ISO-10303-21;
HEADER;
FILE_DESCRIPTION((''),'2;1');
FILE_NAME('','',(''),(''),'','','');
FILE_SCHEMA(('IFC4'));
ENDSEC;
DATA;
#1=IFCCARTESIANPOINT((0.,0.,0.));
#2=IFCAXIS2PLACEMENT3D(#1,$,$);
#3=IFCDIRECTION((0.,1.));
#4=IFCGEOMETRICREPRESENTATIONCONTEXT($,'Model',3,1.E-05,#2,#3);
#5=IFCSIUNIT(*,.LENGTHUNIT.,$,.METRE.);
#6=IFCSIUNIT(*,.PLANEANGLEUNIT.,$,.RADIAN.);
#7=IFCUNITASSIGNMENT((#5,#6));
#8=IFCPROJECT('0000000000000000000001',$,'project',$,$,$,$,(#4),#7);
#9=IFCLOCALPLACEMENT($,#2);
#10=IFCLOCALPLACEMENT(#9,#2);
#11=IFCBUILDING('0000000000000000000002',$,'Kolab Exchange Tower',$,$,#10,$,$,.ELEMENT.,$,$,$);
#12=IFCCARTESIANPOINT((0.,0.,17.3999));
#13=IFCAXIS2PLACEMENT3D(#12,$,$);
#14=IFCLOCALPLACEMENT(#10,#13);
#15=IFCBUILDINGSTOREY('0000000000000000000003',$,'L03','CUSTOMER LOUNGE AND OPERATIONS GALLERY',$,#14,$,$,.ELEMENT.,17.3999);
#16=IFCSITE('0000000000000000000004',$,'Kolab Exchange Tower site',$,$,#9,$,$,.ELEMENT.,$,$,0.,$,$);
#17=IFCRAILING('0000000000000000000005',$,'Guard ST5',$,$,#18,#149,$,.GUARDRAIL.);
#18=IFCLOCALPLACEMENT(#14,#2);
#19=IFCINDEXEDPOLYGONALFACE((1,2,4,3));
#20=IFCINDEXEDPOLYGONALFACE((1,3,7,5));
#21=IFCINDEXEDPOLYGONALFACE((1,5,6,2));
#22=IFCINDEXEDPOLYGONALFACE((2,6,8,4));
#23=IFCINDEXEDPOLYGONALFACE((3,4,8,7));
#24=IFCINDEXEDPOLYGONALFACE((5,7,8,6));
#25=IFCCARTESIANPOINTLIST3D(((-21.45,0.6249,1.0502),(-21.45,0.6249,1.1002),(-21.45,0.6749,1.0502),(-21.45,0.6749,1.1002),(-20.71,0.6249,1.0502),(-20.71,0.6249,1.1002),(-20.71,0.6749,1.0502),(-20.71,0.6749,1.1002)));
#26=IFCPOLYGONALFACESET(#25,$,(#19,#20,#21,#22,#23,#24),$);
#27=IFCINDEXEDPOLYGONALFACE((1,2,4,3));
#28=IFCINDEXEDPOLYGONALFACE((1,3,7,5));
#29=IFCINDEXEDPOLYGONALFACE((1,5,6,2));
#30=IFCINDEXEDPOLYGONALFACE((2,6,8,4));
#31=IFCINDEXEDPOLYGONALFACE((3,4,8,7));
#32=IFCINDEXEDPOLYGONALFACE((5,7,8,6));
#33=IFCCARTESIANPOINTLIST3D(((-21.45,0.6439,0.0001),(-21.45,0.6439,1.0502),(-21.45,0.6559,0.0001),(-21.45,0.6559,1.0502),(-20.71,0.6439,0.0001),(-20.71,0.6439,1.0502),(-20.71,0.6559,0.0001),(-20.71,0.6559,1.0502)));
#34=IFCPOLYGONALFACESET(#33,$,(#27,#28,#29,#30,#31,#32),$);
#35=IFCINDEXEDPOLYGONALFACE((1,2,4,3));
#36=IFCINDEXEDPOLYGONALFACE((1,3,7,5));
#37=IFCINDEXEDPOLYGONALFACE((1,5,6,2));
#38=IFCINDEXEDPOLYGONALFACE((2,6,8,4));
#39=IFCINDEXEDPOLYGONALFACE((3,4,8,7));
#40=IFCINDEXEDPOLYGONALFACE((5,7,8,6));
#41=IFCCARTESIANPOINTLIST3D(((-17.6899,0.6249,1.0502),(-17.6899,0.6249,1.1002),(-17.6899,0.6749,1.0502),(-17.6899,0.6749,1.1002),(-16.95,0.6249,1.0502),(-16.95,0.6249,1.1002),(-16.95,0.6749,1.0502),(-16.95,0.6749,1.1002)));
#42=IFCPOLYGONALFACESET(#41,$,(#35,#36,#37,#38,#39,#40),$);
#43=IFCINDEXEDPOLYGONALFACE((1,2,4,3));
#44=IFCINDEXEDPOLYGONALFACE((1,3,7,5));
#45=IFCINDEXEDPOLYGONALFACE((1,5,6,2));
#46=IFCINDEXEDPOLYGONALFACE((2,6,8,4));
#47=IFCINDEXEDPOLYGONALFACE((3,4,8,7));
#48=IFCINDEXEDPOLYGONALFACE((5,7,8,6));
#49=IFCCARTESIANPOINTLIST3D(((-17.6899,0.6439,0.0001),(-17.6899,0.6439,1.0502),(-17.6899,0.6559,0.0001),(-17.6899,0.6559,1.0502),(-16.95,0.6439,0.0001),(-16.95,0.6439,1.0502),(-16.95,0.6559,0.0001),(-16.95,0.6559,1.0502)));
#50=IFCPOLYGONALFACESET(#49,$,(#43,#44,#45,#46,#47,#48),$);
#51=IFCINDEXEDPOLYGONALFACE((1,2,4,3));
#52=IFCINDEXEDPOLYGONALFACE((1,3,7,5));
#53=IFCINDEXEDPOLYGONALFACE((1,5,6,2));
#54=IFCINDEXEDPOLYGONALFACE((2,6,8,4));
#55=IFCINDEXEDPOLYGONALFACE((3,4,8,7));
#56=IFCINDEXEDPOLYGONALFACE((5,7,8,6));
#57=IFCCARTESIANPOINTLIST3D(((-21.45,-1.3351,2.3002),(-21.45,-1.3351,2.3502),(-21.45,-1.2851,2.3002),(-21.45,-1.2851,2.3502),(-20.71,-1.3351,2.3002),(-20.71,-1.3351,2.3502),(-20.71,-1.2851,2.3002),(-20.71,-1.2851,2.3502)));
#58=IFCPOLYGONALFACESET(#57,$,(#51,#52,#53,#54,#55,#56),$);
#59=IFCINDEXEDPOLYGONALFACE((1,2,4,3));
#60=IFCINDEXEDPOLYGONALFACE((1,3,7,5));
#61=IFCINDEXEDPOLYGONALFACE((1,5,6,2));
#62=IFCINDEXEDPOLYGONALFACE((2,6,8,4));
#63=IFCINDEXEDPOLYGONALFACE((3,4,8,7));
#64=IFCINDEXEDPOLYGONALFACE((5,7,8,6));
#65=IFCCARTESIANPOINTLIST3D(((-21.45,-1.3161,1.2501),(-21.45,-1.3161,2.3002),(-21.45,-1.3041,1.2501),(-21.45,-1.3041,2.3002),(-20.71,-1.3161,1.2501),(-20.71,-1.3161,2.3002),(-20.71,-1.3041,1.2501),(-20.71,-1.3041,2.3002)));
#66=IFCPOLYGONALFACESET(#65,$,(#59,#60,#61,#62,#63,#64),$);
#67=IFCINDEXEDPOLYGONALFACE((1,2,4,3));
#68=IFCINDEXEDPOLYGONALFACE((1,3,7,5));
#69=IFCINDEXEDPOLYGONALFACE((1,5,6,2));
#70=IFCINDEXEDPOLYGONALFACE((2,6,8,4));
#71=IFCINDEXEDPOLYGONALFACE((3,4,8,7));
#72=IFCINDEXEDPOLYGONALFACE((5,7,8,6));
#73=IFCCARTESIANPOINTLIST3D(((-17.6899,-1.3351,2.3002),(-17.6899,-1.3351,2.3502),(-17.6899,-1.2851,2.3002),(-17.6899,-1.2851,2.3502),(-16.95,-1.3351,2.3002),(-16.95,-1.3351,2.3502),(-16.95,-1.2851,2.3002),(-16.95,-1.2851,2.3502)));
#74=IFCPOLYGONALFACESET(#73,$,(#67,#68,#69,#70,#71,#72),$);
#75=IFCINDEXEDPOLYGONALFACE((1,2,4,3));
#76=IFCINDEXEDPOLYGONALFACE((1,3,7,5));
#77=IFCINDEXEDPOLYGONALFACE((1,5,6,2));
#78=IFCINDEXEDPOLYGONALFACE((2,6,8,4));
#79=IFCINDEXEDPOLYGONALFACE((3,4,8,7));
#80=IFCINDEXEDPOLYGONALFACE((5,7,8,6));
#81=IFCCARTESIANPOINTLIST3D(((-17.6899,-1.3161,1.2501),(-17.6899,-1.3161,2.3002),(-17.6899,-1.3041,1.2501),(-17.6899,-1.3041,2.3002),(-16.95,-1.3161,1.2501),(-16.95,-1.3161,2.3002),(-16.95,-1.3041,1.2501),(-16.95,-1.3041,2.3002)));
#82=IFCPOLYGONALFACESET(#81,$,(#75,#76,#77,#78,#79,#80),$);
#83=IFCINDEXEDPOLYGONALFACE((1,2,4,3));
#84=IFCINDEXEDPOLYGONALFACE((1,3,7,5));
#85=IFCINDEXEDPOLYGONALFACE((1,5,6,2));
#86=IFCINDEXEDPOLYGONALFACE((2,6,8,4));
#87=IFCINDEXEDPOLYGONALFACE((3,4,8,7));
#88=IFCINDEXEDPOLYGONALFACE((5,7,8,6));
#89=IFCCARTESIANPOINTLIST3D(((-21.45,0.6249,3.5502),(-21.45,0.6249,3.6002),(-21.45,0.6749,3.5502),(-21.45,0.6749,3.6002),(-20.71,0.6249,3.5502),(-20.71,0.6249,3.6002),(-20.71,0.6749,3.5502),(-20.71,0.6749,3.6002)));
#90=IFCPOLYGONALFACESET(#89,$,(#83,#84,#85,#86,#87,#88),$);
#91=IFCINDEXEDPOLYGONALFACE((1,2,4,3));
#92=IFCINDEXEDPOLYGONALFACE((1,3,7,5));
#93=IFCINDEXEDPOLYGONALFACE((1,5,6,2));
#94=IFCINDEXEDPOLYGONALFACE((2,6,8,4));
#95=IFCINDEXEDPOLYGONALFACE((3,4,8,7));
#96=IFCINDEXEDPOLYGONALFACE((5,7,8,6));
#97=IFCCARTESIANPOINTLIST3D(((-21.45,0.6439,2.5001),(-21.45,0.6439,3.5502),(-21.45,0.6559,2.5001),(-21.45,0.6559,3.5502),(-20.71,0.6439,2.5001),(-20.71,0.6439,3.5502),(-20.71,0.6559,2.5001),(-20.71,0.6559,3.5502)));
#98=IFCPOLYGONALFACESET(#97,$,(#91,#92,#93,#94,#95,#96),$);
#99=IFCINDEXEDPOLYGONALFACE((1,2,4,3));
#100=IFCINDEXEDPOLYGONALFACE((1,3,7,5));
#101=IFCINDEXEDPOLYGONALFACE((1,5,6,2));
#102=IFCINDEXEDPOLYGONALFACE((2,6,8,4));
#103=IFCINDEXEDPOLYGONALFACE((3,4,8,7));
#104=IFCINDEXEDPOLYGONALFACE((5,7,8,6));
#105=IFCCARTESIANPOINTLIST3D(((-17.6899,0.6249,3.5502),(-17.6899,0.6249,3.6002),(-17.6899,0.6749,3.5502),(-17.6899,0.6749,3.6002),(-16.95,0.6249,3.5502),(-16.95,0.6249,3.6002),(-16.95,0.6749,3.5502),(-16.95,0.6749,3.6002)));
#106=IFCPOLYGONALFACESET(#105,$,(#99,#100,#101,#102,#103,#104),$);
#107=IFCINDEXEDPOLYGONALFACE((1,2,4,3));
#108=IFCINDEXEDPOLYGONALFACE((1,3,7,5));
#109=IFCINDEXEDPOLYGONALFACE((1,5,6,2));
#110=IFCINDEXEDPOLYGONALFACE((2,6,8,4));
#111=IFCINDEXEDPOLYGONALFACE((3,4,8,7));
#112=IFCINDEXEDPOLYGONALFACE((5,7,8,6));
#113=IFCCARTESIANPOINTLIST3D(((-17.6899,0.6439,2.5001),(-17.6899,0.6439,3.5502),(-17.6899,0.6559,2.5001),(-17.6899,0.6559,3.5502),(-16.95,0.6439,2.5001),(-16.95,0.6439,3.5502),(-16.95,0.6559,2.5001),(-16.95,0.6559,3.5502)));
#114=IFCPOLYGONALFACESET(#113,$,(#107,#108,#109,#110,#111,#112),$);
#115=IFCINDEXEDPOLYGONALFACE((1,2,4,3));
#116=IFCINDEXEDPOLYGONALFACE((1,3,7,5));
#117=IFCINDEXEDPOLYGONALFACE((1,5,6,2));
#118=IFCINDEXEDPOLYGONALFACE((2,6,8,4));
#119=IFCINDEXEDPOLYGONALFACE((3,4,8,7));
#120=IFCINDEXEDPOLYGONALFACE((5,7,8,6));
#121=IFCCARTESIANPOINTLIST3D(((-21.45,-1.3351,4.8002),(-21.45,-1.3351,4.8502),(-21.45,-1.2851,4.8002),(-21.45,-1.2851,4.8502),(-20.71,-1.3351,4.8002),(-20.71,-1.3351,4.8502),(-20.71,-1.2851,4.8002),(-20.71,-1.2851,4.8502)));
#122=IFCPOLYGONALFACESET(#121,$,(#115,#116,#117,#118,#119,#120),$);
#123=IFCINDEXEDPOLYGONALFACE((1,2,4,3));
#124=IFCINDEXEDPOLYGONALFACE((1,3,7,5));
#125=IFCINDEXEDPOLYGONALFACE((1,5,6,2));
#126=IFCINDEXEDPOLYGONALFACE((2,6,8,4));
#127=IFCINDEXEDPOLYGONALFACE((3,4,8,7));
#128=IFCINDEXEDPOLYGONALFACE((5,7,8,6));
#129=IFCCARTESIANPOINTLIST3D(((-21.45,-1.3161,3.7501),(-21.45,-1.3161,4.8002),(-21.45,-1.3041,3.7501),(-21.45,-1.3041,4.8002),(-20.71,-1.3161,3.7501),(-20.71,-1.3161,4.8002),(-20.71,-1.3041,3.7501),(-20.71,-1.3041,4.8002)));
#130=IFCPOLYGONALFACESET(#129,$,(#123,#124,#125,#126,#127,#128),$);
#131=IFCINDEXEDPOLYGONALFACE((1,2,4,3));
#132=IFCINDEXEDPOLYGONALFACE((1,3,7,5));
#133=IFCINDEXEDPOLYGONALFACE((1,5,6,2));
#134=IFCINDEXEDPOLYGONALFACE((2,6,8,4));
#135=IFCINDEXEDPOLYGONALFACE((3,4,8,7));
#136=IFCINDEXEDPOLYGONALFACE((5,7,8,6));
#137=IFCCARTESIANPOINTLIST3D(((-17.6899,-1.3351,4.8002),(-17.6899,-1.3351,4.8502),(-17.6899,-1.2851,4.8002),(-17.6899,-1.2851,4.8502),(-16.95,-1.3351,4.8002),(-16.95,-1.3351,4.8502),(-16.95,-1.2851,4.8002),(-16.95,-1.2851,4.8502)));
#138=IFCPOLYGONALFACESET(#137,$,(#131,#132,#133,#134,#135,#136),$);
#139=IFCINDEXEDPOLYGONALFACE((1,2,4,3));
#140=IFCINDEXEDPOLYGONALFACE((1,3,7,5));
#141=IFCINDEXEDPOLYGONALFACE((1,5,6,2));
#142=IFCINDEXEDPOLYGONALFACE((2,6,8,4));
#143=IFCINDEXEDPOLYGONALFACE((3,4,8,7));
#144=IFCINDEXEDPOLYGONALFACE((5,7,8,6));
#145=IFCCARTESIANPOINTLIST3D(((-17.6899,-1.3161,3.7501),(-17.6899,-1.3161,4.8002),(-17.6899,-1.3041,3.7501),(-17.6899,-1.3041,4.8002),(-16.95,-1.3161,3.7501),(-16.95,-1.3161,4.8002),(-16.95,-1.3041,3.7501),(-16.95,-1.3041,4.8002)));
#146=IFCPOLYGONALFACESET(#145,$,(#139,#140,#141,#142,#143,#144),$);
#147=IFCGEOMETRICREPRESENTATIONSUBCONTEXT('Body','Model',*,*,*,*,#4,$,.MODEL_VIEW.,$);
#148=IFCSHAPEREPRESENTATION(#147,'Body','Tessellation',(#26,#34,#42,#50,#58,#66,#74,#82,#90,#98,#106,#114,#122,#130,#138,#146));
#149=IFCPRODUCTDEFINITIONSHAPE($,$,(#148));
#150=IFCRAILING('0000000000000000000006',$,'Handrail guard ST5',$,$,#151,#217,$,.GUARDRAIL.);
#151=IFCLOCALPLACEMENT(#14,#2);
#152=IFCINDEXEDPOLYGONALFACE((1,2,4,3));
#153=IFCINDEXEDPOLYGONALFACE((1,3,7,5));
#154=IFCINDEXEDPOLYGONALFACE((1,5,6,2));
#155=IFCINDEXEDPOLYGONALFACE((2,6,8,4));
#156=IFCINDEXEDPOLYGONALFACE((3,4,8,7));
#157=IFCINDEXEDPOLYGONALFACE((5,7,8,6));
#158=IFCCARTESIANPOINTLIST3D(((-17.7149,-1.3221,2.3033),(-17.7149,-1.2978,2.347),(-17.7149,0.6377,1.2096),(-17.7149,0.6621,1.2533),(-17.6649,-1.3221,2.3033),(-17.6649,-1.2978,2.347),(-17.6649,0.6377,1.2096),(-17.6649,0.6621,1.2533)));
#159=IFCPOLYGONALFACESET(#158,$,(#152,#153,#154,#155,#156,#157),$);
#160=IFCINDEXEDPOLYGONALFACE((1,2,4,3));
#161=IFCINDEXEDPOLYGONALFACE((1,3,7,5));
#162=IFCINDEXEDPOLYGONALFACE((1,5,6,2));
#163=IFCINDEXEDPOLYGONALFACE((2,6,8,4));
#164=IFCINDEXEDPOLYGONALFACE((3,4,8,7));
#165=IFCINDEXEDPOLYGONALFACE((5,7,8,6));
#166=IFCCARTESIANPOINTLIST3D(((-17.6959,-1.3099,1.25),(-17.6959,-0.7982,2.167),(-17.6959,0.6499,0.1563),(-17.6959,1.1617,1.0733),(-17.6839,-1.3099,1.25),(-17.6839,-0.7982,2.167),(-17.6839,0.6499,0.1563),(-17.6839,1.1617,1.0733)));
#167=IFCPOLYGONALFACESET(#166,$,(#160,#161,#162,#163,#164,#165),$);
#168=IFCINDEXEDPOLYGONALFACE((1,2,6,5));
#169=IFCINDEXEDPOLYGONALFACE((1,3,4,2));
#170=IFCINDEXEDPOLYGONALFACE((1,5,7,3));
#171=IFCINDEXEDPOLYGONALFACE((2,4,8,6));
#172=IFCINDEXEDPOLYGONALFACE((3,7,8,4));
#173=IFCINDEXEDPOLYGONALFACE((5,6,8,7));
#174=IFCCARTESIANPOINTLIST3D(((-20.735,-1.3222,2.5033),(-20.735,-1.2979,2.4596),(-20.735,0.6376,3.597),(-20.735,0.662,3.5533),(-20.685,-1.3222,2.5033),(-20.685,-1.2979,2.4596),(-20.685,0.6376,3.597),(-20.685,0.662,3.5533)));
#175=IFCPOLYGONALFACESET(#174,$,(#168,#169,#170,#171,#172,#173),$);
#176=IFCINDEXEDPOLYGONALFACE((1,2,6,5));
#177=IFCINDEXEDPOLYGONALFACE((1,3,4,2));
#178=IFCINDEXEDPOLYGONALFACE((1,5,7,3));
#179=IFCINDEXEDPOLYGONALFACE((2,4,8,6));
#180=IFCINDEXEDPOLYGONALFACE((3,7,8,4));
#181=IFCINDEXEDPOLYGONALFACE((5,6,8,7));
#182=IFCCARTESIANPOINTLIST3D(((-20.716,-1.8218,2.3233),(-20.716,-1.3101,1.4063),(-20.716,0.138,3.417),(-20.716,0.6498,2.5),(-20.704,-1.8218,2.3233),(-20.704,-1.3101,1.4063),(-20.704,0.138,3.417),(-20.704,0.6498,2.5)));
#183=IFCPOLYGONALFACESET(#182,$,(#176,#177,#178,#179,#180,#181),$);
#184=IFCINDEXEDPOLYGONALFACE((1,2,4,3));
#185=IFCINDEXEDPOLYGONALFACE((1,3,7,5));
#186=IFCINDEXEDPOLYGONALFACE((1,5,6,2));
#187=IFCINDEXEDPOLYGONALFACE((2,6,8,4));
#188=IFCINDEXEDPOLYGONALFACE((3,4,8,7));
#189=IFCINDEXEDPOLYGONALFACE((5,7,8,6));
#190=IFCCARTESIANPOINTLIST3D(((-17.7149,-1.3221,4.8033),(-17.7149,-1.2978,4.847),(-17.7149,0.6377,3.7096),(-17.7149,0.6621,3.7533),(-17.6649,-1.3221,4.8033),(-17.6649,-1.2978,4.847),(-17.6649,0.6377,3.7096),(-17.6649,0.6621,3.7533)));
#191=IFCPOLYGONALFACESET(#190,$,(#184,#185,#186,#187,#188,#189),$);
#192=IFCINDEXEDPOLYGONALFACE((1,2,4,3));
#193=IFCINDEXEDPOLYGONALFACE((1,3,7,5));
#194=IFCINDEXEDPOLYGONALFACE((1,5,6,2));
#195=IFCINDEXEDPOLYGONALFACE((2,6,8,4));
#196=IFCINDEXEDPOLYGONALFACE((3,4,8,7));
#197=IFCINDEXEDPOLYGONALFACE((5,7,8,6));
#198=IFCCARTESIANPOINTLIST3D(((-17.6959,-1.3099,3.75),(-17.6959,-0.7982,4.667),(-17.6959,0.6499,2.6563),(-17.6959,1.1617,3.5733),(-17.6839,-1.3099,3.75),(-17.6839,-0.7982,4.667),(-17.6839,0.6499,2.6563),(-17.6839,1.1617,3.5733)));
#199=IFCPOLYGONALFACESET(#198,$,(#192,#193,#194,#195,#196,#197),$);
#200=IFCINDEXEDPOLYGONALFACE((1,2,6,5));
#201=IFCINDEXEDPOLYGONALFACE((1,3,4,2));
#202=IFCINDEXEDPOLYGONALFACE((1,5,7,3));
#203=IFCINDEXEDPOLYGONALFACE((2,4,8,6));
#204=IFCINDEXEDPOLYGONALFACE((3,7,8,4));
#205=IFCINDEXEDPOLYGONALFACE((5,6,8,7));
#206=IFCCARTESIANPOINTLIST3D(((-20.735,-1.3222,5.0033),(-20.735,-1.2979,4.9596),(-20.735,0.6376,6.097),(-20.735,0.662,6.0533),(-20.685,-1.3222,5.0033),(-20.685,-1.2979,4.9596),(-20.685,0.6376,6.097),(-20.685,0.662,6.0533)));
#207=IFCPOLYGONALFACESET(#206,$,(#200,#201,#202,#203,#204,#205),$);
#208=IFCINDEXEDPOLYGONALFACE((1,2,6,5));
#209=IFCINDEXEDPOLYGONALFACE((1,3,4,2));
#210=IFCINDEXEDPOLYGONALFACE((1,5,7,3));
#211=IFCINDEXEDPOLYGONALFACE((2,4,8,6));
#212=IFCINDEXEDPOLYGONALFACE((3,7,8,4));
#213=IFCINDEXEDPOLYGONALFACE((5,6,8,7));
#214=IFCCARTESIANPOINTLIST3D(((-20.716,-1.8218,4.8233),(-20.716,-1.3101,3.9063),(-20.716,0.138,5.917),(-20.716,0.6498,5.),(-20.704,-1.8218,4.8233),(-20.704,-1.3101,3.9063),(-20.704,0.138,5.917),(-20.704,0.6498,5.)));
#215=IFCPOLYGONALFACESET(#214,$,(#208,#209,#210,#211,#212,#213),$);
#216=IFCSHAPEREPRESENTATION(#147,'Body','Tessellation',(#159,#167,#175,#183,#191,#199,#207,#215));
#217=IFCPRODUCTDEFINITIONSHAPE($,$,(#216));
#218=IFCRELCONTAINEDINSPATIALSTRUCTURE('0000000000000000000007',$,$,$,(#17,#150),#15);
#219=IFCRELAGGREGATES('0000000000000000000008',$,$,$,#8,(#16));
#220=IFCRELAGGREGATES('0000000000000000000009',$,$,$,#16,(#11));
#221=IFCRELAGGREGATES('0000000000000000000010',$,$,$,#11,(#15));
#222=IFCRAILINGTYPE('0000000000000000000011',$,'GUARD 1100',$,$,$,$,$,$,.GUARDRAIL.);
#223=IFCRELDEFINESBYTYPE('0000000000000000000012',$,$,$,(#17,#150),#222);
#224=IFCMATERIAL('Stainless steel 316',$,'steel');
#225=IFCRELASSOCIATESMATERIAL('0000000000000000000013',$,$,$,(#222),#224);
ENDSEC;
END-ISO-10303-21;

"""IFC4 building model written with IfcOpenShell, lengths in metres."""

from ifc_helpers import new_model, si_unit, direction, frame, frame_2d, origin, origin_2d, place, context, subcontext, project, spatial, rectangle, extrude, material, type_object, element, save


model = new_model("IFC4")

# Units and contexts
model_context = context("Model", 3, precision=1e-05, world=origin(), true_north=direction((0.0, 1.0)))
body_context = subcontext(model_context, "Body", "Model", "MODEL_VIEW")
ifc_project = project(units=[si_unit("LENGTHUNIT", "METRE"), si_unit("PLANEANGLEUNIT", "RADIAN")], contexts=[model_context])

# Site, building, storey
site_placement = place(None, origin())
site = spatial("IfcSite", under=ifc_project, at=site_placement, Name="Kolab Exchange Tower site", CompositionType="ELEMENT", RefElevation=0.0)
building_placement = place(site_placement, origin())
building = spatial("IfcBuilding", under=site, at=building_placement, Name="Kolab Exchange Tower", CompositionType="ELEMENT")
storey_placement = place(building_placement, frame((0.0, 0.0, 17.3999)))
storey = spatial("IfcBuildingStorey", under=building, at=storey_placement, Name="L03", Description="CUSTOMER LOUNGE AND OPERATIONS GALLERY", CompositionType="ELEMENT", Elevation=17.3999)

# Railings
ifc_material_1 = material(Name="Stainless steel 316", Category="steel")
railing_type = type_object("IfcRailingType", Name="GUARD 1100", PredefinedType="GUARDRAIL", material=ifc_material_1)
railing_1_placement = place(storey_placement, frame((-21.45, 0.6499, 0.0)))
element("IfcRailing", 1, at=railing_1_placement, inside=storey, type_object=railing_type, Name="Guard ST5", PredefinedType="GUARDRAIL", context=body_context, shape_type="SweptSolid", body=[
    extrude(rectangle(XDim=0.05, YDim=0.05, at=origin_2d()), frame((0.0, 0.0, 1.0752), z_axis=(1.0, 0.0, 0.0), x_axis=(0.0, 1.0, 0.0)), (0.0, 0.0, 1.0), 0.74),
    extrude(rectangle(XDim=0.012, YDim=1.0501, at=frame_2d((0.0, 0.5251))), frame((0.0, 0.0, 0.0), z_axis=(1.0, 0.0, 0.0), x_axis=(0.0, 1.0, 0.0)), (0.0, 0.0, 1.0), 0.74),
    extrude(rectangle(XDim=0.05, YDim=0.05, at=origin_2d()), frame((3.76, 0.0, 1.0752), z_axis=(1.0, 0.0, 0.0), x_axis=(0.0, 1.0, 0.0)), (0.0, 0.0, 1.0), 0.74),
    extrude(rectangle(XDim=0.012, YDim=1.0501, at=frame_2d((0.0, 0.5251))), frame((3.76, 0.0, 0.0), z_axis=(1.0, 0.0, 0.0), x_axis=(0.0, 1.0, 0.0)), (0.0, 0.0, 1.0), 0.74),
    extrude(rectangle(XDim=0.05, YDim=0.05, at=origin_2d()), frame((0.0, -1.96, 2.3252), z_axis=(1.0, 0.0, 0.0), x_axis=(0.0, 1.0, 0.0)), (0.0, 0.0, 1.0), 0.74),
    extrude(rectangle(XDim=0.012, YDim=1.0501, at=frame_2d((0.0, 0.5251))), frame((0.0, -1.96, 1.25), z_axis=(1.0, 0.0, 0.0), x_axis=(0.0, 1.0, 0.0)), (0.0, 0.0, 1.0), 0.74),
    extrude(rectangle(XDim=0.05, YDim=0.05, at=origin_2d()), frame((3.76, -1.96, 2.3252), z_axis=(1.0, 0.0, 0.0), x_axis=(0.0, 1.0, 0.0)), (0.0, 0.0, 1.0), 0.74),
    extrude(rectangle(XDim=0.012, YDim=1.0501, at=frame_2d((0.0, 0.5251))), frame((3.76, -1.96, 1.25), z_axis=(1.0, 0.0, 0.0), x_axis=(0.0, 1.0, 0.0)), (0.0, 0.0, 1.0), 0.74),
    extrude(rectangle(XDim=0.05, YDim=0.05, at=origin_2d()), frame((0.0, 0.0, 3.5752), z_axis=(1.0, 0.0, 0.0), x_axis=(0.0, 1.0, 0.0)), (0.0, 0.0, 1.0), 0.74),
    extrude(rectangle(XDim=0.012, YDim=1.0501, at=frame_2d((0.0, 0.5251))), frame((0.0, 0.0, 2.5), z_axis=(1.0, 0.0, 0.0), x_axis=(0.0, 1.0, 0.0)), (0.0, 0.0, 1.0), 0.74),
    extrude(rectangle(XDim=0.05, YDim=0.05, at=origin_2d()), frame((3.76, 0.0, 3.5752), z_axis=(1.0, 0.0, 0.0), x_axis=(0.0, 1.0, 0.0)), (0.0, 0.0, 1.0), 0.74),
    extrude(rectangle(XDim=0.012, YDim=1.0501, at=frame_2d((0.0, 0.5251))), frame((3.76, 0.0, 2.5), z_axis=(1.0, 0.0, 0.0), x_axis=(0.0, 1.0, 0.0)), (0.0, 0.0, 1.0), 0.74),
    extrude(rectangle(XDim=0.05, YDim=0.05, at=origin_2d()), frame((0.0, -1.96, 4.8252), z_axis=(1.0, 0.0, 0.0), x_axis=(0.0, 1.0, 0.0)), (0.0, 0.0, 1.0), 0.74),
    extrude(rectangle(XDim=0.012, YDim=1.0501, at=frame_2d((0.0, 0.5251))), frame((0.0, -1.96, 3.75), z_axis=(1.0, 0.0, 0.0), x_axis=(0.0, 1.0, 0.0)), (0.0, 0.0, 1.0), 0.74),
    extrude(rectangle(XDim=0.05, YDim=0.05, at=origin_2d()), frame((3.76, -1.96, 4.8252), z_axis=(1.0, 0.0, 0.0), x_axis=(0.0, 1.0, 0.0)), (0.0, 0.0, 1.0), 0.74),
    extrude(rectangle(XDim=0.012, YDim=1.0501, at=frame_2d((0.0, 0.5251))), frame((3.76, -1.96, 3.75), z_axis=(1.0, 0.0, 0.0), x_axis=(0.0, 1.0, 0.0)), (0.0, 0.0, 1.0), 0.74),
])
railing_2_placement = place(storey_placement, frame((-17.6899, 0.6499, 0.1562)))
element("IfcRailing", 2, at=railing_2_placement, inside=storey, type_object=railing_type, Name="Handrail guard ST5", PredefinedType="GUARDRAIL", context=body_context, shape_type="SweptSolid", body=[
    extrude(rectangle(XDim=0.05, YDim=0.05, at=origin_2d()), frame((0.0, 0.0, 1.0752), z_axis=(0.0, -0.873232, 0.487304), x_axis=(1.0, 0.0, 0.0)), (0.0, 0.0, 1.0), 2.2444),
    extrude(rectangle(XDim=0.012, YDim=1.0501, at=frame_2d((0.0, 0.5251))), frame((0.0, 0.0, 0.0), z_axis=(0.0, -0.873232, 0.487304), x_axis=(1.0, 0.0, 0.0)), (0.0, 0.0, 1.0), 2.2444),
    extrude(rectangle(XDim=0.05, YDim=0.05, at=origin_2d()), frame((-3.02, -1.96, 2.3252), z_axis=(0.0, 0.873232, 0.487304), x_axis=(-1.0, 0.0, 0.0)), (0.0, 0.0, 1.0), 2.2444),
    extrude(rectangle(XDim=0.012, YDim=1.0501, at=frame_2d((0.0, 0.5251))), frame((-3.02, -1.96, 1.25), z_axis=(0.0, 0.873232, 0.487304), x_axis=(-1.0, 0.0, 0.0)), (0.0, 0.0, 1.0), 2.2444),
    extrude(rectangle(XDim=0.05, YDim=0.05, at=origin_2d()), frame((0.0, 0.0, 3.5752), z_axis=(0.0, -0.873232, 0.487304), x_axis=(1.0, 0.0, 0.0)), (0.0, 0.0, 1.0), 2.2444),
    extrude(rectangle(XDim=0.012, YDim=1.0501, at=frame_2d((0.0, 0.5251))), frame((0.0, 0.0, 2.5), z_axis=(0.0, -0.873232, 0.487304), x_axis=(1.0, 0.0, 0.0)), (0.0, 0.0, 1.0), 2.2444),
    extrude(rectangle(XDim=0.05, YDim=0.05, at=origin_2d()), frame((-3.02, -1.96, 4.8252), z_axis=(0.0, 0.873232, 0.487304), x_axis=(-1.0, 0.0, 0.0)), (0.0, 0.0, 1.0), 2.2444),
    extrude(rectangle(XDim=0.012, YDim=1.0501, at=frame_2d((0.0, 0.5251))), frame((-3.02, -1.96, 3.75), z_axis=(0.0, 0.873232, 0.487304), x_axis=(-1.0, 0.0, 0.0)), (0.0, 0.0, 1.0), 2.2444),
])

save(model, "model.ifc")
